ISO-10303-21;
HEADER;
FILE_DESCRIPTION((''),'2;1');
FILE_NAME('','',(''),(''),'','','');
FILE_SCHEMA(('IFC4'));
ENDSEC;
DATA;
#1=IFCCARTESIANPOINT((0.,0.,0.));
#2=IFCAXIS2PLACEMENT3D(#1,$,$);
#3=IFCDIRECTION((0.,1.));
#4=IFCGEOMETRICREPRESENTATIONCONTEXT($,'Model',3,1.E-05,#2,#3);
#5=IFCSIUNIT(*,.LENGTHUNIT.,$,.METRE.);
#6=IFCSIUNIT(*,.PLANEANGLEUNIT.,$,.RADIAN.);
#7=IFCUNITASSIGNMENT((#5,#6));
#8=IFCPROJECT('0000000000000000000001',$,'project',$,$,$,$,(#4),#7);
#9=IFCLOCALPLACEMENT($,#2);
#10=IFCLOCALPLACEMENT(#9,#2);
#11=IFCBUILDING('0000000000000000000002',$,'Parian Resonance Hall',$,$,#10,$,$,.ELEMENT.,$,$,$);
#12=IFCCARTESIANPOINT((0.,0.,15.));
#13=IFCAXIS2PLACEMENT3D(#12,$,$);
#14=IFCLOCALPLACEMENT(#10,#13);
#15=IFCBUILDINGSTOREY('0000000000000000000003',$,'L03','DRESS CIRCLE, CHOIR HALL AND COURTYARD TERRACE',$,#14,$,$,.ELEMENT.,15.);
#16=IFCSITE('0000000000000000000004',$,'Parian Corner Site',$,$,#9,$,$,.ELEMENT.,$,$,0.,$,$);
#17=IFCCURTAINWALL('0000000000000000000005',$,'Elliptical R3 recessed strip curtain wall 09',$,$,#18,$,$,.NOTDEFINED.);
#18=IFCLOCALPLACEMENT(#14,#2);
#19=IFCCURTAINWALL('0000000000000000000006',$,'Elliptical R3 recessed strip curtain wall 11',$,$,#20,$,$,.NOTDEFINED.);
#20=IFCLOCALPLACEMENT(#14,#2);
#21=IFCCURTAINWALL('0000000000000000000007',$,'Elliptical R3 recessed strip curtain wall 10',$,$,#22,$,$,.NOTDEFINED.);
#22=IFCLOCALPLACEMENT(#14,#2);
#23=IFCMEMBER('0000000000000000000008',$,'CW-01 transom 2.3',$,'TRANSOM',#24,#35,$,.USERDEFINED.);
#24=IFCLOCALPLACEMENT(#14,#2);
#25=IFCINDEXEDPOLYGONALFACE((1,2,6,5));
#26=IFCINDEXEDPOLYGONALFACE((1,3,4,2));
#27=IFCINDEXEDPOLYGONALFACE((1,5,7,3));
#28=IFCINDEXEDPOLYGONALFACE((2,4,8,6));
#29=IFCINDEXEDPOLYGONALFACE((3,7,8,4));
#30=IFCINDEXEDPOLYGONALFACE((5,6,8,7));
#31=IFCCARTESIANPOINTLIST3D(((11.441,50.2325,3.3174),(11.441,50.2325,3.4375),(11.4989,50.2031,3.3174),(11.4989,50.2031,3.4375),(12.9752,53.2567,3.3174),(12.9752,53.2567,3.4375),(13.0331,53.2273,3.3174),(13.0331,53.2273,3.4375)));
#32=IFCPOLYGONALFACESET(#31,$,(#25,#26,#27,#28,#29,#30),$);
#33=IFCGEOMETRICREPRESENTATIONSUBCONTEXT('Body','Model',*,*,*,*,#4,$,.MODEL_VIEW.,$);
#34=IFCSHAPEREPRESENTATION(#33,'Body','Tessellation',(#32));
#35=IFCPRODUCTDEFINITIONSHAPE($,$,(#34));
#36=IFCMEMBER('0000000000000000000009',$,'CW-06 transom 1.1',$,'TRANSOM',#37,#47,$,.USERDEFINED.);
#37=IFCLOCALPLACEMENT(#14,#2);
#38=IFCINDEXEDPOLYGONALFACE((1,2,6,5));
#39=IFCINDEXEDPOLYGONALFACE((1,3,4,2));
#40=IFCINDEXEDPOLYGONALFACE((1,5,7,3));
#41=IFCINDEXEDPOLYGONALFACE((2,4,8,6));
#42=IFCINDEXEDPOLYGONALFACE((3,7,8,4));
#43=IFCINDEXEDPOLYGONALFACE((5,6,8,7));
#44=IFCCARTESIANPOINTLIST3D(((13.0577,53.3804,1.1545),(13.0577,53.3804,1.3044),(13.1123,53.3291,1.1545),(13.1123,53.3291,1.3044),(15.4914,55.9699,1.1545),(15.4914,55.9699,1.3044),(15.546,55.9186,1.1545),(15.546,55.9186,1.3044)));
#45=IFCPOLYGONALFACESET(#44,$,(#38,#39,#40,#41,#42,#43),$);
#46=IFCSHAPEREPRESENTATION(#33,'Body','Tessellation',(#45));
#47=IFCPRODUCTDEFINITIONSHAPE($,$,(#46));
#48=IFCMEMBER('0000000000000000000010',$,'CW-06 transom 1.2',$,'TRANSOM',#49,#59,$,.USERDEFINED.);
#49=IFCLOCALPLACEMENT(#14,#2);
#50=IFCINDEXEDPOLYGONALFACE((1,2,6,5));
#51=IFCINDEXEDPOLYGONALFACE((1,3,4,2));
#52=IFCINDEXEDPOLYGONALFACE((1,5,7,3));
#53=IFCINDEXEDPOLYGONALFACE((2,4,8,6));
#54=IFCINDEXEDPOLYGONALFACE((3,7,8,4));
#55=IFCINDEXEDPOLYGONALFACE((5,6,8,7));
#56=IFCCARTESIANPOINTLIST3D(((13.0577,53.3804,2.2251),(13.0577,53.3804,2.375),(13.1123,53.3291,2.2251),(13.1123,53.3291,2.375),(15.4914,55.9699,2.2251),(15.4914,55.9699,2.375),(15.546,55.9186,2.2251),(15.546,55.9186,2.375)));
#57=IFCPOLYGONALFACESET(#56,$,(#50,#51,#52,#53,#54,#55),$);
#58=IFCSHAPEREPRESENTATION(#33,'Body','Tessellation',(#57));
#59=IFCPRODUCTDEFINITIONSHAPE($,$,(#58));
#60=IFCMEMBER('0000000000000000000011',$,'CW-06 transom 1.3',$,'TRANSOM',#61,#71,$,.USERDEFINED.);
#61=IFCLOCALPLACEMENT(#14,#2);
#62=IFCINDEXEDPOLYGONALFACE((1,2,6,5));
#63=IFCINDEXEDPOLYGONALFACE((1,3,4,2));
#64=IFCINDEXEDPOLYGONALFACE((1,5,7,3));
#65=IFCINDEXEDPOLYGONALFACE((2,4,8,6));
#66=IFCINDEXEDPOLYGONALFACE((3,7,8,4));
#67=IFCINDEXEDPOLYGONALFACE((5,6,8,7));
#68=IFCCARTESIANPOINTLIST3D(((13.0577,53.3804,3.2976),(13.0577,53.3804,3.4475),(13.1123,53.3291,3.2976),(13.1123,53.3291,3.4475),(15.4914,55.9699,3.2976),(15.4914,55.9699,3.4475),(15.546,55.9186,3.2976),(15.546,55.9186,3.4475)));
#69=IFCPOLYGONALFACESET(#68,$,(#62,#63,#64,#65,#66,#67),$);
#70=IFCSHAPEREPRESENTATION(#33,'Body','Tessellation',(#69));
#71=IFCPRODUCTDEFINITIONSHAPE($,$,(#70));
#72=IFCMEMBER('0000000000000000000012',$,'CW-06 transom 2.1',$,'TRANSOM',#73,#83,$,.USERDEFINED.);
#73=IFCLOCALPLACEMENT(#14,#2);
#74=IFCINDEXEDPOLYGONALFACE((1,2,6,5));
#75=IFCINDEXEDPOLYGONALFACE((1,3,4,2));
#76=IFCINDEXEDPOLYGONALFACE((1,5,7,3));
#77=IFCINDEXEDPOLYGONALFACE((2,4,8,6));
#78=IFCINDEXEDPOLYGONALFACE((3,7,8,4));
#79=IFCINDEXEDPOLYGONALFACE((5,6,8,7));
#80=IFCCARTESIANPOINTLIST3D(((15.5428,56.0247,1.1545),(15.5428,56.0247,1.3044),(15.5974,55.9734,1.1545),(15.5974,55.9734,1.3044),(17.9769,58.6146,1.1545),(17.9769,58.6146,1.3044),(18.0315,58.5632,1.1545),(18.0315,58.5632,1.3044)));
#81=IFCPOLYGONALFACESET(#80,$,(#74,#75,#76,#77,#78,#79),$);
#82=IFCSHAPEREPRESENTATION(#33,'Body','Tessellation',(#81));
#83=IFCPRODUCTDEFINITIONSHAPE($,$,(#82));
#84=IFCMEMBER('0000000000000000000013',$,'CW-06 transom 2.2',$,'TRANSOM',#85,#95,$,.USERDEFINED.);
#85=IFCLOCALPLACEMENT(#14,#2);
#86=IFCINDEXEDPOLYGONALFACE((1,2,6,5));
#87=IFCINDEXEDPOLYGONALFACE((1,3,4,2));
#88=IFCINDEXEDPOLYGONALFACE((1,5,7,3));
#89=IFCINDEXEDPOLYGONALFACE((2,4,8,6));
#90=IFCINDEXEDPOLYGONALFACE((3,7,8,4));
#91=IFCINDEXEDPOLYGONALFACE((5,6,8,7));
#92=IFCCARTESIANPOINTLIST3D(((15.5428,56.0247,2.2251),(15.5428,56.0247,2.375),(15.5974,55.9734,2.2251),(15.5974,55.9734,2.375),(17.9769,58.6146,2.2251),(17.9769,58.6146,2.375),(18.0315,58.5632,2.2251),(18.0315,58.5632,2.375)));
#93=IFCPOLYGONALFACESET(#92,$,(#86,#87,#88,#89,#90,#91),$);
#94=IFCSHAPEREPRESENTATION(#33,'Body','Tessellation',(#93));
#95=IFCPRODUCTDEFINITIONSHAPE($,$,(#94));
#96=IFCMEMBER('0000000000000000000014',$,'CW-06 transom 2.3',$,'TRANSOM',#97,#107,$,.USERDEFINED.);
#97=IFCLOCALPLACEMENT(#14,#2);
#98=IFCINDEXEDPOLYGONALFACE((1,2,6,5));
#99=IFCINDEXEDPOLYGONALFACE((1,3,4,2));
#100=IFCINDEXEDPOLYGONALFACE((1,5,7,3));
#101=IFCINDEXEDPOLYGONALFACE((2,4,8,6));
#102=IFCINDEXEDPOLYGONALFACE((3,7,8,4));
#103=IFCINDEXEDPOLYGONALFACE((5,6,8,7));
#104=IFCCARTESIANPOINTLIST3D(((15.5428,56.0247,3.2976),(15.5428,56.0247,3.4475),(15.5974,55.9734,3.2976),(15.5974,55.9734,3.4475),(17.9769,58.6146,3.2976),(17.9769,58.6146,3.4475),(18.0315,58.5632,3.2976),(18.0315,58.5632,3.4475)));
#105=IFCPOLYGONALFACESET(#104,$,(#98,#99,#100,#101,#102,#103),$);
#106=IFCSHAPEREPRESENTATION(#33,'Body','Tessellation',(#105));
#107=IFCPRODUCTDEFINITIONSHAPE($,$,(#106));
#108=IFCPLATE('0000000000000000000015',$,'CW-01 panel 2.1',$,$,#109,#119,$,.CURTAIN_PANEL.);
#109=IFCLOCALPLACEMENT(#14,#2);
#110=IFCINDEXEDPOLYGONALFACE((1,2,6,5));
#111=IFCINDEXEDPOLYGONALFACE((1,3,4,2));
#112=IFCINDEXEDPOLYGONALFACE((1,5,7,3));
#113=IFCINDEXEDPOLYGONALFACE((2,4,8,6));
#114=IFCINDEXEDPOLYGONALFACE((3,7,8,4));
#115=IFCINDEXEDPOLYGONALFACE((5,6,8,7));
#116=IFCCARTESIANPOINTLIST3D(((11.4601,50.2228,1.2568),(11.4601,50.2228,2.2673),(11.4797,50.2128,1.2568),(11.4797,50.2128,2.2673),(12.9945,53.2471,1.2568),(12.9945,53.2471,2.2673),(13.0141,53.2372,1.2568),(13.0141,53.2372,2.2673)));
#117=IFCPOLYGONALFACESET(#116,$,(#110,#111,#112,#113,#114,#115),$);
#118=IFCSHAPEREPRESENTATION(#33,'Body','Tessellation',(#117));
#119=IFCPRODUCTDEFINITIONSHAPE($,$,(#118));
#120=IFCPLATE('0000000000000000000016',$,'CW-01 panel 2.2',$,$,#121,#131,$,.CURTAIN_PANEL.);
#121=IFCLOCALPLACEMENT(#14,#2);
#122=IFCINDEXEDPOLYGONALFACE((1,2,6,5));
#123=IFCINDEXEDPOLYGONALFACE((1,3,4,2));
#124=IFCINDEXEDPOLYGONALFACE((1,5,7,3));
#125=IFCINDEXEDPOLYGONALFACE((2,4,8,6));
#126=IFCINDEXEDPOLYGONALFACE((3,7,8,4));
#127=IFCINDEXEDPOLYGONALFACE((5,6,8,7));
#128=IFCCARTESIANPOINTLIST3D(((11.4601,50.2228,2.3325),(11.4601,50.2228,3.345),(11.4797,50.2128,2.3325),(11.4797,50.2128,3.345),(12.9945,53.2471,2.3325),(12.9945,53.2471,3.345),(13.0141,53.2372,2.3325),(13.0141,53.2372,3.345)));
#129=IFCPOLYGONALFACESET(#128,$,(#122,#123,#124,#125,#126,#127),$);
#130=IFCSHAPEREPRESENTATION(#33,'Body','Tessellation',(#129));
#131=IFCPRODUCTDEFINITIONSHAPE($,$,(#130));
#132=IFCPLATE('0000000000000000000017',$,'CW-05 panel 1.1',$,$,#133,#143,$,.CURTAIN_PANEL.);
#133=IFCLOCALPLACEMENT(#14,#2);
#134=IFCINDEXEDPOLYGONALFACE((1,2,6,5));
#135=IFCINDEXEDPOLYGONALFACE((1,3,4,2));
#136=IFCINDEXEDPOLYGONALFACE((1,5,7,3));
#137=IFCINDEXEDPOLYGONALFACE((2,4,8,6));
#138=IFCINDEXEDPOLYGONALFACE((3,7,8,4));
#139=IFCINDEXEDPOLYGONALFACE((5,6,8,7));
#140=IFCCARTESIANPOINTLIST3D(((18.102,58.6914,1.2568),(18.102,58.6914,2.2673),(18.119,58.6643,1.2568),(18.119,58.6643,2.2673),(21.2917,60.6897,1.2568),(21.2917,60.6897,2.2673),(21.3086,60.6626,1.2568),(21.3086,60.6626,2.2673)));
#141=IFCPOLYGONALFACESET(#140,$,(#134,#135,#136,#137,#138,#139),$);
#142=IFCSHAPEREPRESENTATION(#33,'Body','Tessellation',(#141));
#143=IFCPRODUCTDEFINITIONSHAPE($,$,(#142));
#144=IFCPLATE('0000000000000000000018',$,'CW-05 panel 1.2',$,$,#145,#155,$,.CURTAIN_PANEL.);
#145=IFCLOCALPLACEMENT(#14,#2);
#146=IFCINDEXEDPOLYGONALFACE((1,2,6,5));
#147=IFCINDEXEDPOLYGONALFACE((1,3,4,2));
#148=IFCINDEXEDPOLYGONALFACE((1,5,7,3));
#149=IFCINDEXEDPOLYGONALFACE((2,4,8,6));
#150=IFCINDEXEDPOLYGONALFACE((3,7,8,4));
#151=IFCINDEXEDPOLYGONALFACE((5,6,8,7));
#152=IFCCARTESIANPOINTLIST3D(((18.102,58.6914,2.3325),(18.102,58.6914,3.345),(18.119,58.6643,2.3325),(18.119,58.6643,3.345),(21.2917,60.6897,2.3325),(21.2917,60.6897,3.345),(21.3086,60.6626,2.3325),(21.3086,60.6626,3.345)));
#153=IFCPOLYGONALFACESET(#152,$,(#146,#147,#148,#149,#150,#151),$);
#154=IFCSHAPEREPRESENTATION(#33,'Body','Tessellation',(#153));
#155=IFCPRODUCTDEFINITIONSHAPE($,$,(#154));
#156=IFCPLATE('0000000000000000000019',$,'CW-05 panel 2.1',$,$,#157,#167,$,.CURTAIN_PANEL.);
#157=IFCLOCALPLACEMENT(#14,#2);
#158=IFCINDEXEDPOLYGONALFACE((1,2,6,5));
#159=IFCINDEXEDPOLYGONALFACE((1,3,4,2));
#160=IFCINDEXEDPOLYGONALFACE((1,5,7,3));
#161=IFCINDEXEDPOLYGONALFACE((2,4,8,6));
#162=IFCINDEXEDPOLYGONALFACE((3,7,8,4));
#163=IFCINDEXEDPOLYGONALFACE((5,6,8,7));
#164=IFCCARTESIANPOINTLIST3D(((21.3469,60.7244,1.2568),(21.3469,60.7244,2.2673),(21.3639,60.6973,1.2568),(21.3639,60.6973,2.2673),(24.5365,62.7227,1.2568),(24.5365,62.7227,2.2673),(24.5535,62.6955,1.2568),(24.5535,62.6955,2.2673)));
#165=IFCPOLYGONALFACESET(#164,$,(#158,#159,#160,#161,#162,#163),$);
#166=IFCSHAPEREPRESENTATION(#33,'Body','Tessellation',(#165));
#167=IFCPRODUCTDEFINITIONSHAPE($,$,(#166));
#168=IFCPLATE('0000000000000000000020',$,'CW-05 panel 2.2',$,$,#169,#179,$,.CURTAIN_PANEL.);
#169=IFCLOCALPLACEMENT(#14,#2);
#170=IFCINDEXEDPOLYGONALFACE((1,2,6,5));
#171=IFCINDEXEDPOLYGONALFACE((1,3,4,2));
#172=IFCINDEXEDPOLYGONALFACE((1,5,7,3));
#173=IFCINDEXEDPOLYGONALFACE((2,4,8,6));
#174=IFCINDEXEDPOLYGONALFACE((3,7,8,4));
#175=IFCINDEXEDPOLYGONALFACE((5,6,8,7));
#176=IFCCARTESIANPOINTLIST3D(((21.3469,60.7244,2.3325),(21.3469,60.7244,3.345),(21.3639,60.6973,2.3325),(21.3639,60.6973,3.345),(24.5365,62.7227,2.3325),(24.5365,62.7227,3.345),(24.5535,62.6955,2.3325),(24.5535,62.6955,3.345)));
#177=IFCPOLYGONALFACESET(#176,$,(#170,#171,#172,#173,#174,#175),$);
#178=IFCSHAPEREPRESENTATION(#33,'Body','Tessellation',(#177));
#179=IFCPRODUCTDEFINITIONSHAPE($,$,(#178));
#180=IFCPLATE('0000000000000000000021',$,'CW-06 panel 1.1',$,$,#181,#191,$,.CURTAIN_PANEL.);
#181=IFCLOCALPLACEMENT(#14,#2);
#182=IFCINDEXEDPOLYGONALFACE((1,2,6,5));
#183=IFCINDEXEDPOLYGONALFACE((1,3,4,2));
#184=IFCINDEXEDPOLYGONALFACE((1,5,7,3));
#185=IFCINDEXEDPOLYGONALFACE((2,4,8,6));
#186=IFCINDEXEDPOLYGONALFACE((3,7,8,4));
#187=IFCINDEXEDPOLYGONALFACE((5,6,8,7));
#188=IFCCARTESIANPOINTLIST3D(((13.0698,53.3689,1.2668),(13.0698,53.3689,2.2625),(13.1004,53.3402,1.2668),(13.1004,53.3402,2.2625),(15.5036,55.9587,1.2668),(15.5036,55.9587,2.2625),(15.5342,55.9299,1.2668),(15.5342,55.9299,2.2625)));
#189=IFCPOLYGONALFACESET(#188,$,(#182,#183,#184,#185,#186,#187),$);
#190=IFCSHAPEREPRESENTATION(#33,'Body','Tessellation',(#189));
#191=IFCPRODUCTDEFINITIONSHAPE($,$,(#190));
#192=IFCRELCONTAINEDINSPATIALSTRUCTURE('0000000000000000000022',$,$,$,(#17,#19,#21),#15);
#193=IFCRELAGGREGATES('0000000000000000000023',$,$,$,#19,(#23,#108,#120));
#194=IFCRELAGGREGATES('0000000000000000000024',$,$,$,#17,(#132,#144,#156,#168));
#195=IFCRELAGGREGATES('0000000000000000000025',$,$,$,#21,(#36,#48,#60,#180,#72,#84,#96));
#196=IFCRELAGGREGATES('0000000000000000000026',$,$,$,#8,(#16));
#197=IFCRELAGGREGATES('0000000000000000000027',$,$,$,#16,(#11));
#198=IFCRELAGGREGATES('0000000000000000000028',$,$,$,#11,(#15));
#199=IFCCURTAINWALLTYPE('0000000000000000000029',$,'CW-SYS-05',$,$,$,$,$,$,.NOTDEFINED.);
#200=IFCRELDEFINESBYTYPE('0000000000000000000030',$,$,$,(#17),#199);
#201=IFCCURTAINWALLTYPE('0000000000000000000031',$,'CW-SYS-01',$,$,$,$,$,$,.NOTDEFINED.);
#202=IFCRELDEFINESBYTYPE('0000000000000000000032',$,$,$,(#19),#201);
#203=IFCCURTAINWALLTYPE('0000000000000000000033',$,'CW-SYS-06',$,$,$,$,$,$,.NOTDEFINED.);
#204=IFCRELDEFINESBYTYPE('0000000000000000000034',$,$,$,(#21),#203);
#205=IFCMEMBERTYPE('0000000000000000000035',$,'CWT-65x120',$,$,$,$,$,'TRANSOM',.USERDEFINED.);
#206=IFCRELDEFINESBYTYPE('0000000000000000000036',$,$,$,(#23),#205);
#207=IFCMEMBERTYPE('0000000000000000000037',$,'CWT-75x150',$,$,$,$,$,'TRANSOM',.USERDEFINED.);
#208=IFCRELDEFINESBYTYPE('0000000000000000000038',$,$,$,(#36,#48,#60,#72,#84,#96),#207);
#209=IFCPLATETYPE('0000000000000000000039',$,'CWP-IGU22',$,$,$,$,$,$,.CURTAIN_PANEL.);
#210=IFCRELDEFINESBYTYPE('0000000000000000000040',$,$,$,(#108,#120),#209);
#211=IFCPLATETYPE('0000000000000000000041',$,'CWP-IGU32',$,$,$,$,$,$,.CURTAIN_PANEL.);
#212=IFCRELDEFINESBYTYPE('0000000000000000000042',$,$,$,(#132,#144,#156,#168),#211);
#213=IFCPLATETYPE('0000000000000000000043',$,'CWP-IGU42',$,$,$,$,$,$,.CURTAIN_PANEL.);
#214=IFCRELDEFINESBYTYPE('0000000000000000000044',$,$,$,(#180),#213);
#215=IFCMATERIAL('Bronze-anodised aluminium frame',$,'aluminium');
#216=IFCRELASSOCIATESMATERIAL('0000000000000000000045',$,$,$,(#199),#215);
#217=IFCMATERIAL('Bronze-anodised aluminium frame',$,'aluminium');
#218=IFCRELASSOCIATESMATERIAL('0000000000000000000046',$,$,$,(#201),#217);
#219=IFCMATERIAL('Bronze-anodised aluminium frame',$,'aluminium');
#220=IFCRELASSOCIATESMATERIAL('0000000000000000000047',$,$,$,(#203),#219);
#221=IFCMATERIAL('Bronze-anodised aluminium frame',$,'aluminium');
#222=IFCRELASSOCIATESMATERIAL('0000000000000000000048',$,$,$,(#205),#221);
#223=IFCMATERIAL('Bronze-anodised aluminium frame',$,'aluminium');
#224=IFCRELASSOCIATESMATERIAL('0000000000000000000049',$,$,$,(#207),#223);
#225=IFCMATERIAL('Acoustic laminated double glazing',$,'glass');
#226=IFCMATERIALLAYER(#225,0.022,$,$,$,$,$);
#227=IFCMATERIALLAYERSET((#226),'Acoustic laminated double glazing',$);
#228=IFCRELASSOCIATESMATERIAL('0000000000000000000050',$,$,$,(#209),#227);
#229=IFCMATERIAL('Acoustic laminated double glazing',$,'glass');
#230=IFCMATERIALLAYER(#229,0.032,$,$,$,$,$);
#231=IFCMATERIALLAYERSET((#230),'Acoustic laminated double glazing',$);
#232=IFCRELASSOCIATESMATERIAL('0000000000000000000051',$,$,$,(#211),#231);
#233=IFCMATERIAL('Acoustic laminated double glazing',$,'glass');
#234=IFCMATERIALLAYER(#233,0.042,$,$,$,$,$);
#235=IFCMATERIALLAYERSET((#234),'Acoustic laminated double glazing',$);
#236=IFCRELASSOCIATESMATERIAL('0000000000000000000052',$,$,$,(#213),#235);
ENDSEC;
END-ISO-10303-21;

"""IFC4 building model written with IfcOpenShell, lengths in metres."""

from ifc_helpers import new_model, si_unit, direction, frame, origin, origin_2d, place, context, subcontext, project, spatial, rectangle, extrude, material, layer, layer_set, material_profile, profile_set, type_object, element, aggregate, save


model = new_model("IFC4")

# Units and contexts
model_context = context("Model", 3, precision=1e-05, world=origin(), true_north=direction((0.0, 1.0)))
body_context = subcontext(model_context, "Body", "Model", "MODEL_VIEW")
ifc_project = project(units=[si_unit("LENGTHUNIT", "METRE"), si_unit("PLANEANGLEUNIT", "RADIAN")], contexts=[model_context])

# Site, building, storey
site_placement = place(None, origin())
site = spatial("IfcSite", under=ifc_project, at=site_placement, Name="Parian Corner Site", CompositionType="ELEMENT", RefElevation=0.0)
building_placement = place(site_placement, origin())
building = spatial("IfcBuilding", under=site, at=building_placement, Name="Parian Resonance Hall", CompositionType="ELEMENT")
storey_placement = place(building_placement, frame((0.0, 0.0, 15.0)))
storey = spatial("IfcBuildingStorey", under=building, at=storey_placement, Name="L03", Description="DRESS CIRCLE, CHOIR HALL AND COURTYARD TERRACE", CompositionType="ELEMENT", Elevation=15.0)

# Curtain wall
ifc_material_1 = material(Name="Bronze-anodised aluminium frame", Category="aluminium")
curtain_wall_type_1 = type_object("IfcCurtainWallType", Name="CW-SYS-05", PredefinedType="NOTDEFINED", material=ifc_material_1)
curtain_wall_1_placement = place(storey_placement, origin())
curtain_wall_1 = element("IfcCurtainWall", 1, at=curtain_wall_1_placement, inside=storey, type_object=curtain_wall_type_1, Name="Elliptical R3 recessed strip curtain wall 09", PredefinedType="NOTDEFINED")

# Curtain wall
ifc_material_2 = material(Name="Bronze-anodised aluminium frame", Category="aluminium")
curtain_wall_type_2 = type_object("IfcCurtainWallType", Name="CW-SYS-01", PredefinedType="NOTDEFINED", material=ifc_material_2)
curtain_wall_2_placement = place(storey_placement, origin())
curtain_wall_2 = element("IfcCurtainWall", 2, at=curtain_wall_2_placement, inside=storey, type_object=curtain_wall_type_2, Name="Elliptical R3 recessed strip curtain wall 11", PredefinedType="NOTDEFINED")

# Curtain wall
ifc_material_3 = material(Name="Bronze-anodised aluminium frame", Category="aluminium")
curtain_wall_type_3 = type_object("IfcCurtainWallType", Name="CW-SYS-06", PredefinedType="NOTDEFINED", material=ifc_material_3)
curtain_wall_3_placement = place(storey_placement, origin())
curtain_wall_3 = element("IfcCurtainWall", 3, at=curtain_wall_3_placement, inside=storey, type_object=curtain_wall_type_3, Name="Elliptical R3 recessed strip curtain wall 10", PredefinedType="NOTDEFINED")

# Members
ifc_material_4 = material(Name="Bronze-anodised aluminium frame", Category="aluminium")
ifc_material_profile_1 = material_profile(ifc_material_4, rectangle(XDim=0.0649, YDim=0.1201, at=origin_2d()), Name="CWT-65x120")
ifc_profile_set_1 = profile_set([ifc_material_profile_1], Name="Bronze-anodised aluminium frame")
member_type_1 = type_object("IfcMemberType", Name="CWT-65x120", ElementType="TRANSOM", PredefinedType="USERDEFINED", material=ifc_profile_set_1)
member_1_placement = place(storey_placement, frame((11.47, 50.2178, 3.3774), z_axis=(0.452418, 0.891806, 0.0), x_axis=(-0.891806, 0.452418, 0.0)))
member_1 = element("IfcMember", 4, at=member_1_placement, type_object=member_type_1, Name="CW-01 transom 2.3", ObjectType="TRANSOM", PredefinedType="USERDEFINED", context=body_context, shape_type="SweptSolid", body=[
    extrude(rectangle(XDim=0.0649, YDim=0.1201, at=origin_2d()), origin(), (0.0, 0.0, 1.0), 3.3911),
])
ifc_material_5 = material(Name="Bronze-anodised aluminium frame", Category="aluminium")
ifc_material_profile_2 = material_profile(ifc_material_5, rectangle(XDim=0.075, YDim=0.1499, at=origin_2d()), Name="CWT-75x150")
ifc_profile_set_2 = profile_set([ifc_material_profile_2], Name="Bronze-anodised aluminium frame")
member_type_2 = type_object("IfcMemberType", Name="CWT-75x150", ElementType="TRANSOM", PredefinedType="USERDEFINED", material=ifc_profile_set_2)
member_2_placement = place(storey_placement, frame((13.085, 53.3547, 1.2295), z_axis=(0.684852, 0.728682, 0.0), x_axis=(-0.728682, 0.684852, 0.0)))
member_2 = element("IfcMember", 5, at=member_2_placement, type_object=member_type_2, Name="CW-06 transom 1.1", ObjectType="TRANSOM", PredefinedType="USERDEFINED", context=body_context, shape_type="SweptSolid", body=[
    extrude(rectangle(XDim=0.075, YDim=0.1499, at=origin_2d()), origin(), (0.0, 0.0, 1.0), 3.5537),
])
member_3_placement = place(storey_placement, frame((13.085, 53.3547, 2.3), z_axis=(0.684852, 0.728682, 0.0), x_axis=(-0.728682, 0.684852, 0.0)))
member_3 = element("IfcMember", 6, at=member_3_placement, type_object=member_type_2, Name="CW-06 transom 1.2", ObjectType="TRANSOM", PredefinedType="USERDEFINED", context=body_context, shape_type="SweptSolid", body=[
    extrude(rectangle(XDim=0.075, YDim=0.1499, at=origin_2d()), origin(), (0.0, 0.0, 1.0), 3.5537),
])
member_4_placement = place(storey_placement, frame((13.085, 53.3547, 3.3726), z_axis=(0.684852, 0.728682, 0.0), x_axis=(-0.728682, 0.684852, 0.0)))
member_4 = element("IfcMember", 7, at=member_4_placement, type_object=member_type_2, Name="CW-06 transom 1.3", ObjectType="TRANSOM", PredefinedType="USERDEFINED", context=body_context, shape_type="SweptSolid", body=[
    extrude(rectangle(XDim=0.075, YDim=0.1499, at=origin_2d()), origin(), (0.0, 0.0, 1.0), 3.5537),
])
member_5_placement = place(storey_placement, frame((15.5701, 55.999, 1.2295), z_axis=(0.684855, 0.72868, 0.0), x_axis=(-0.72868, 0.684855, 0.0)))
member_5 = element("IfcMember", 8, at=member_5_placement, type_object=member_type_2, Name="CW-06 transom 2.1", ObjectType="TRANSOM", PredefinedType="USERDEFINED", context=body_context, shape_type="SweptSolid", body=[
    extrude(rectangle(XDim=0.075, YDim=0.1499, at=origin_2d()), origin(), (0.0, 0.0, 1.0), 3.5542),
])
member_6_placement = place(storey_placement, frame((15.5701, 55.999, 2.3), z_axis=(0.684855, 0.72868, 0.0), x_axis=(-0.72868, 0.684855, 0.0)))
member_6 = element("IfcMember", 9, at=member_6_placement, type_object=member_type_2, Name="CW-06 transom 2.2", ObjectType="TRANSOM", PredefinedType="USERDEFINED", context=body_context, shape_type="SweptSolid", body=[
    extrude(rectangle(XDim=0.075, YDim=0.1499, at=origin_2d()), origin(), (0.0, 0.0, 1.0), 3.5542),
])
member_7_placement = place(storey_placement, frame((15.5701, 55.999, 3.3726), z_axis=(0.684855, 0.72868, 0.0), x_axis=(-0.72868, 0.684855, 0.0)))
member_7 = element("IfcMember", 10, at=member_7_placement, type_object=member_type_2, Name="CW-06 transom 2.3", ObjectType="TRANSOM", PredefinedType="USERDEFINED", context=body_context, shape_type="SweptSolid", body=[
    extrude(rectangle(XDim=0.075, YDim=0.1499, at=origin_2d()), origin(), (0.0, 0.0, 1.0), 3.5542),
])

# Plates
ifc_material_6 = material(Name="Acoustic laminated double glazing", Category="glass")
ifc_layer_1 = layer(ifc_material_6, 0.022)
ifc_layer_set_1 = layer_set([ifc_layer_1], Name="Acoustic laminated double glazing")
plate_type_1 = type_object("IfcPlateType", Name="CWP-IGU22", PredefinedType="CURTAIN_PANEL", material=ifc_layer_set_1)
plate_1_placement = place(storey_placement, frame((12.2371, 51.73, 1.2568), z_axis=(0.0, 0.0, 1.0), x_axis=(0.45244, 0.891795, 0.0)))
plate_1 = element("IfcPlate", 11, at=plate_1_placement, type_object=plate_type_1, Name="CW-01 panel 2.1", PredefinedType="CURTAIN_PANEL", context=body_context, shape_type="SweptSolid", body=[
    extrude(rectangle(XDim=3.3914, YDim=0.022, at=origin_2d()), origin(), (0.0, 0.0, 1.0), 1.0105),
])
plate_2_placement = place(storey_placement, frame((12.2371, 51.73, 2.3325), z_axis=(0.0, 0.0, 1.0), x_axis=(0.45244, 0.891795, 0.0)))
plate_2 = element("IfcPlate", 12, at=plate_2_placement, type_object=plate_type_1, Name="CW-01 panel 2.2", PredefinedType="CURTAIN_PANEL", context=body_context, shape_type="SweptSolid", body=[
    extrude(rectangle(XDim=3.3914, YDim=0.022, at=origin_2d()), origin(), (0.0, 0.0, 1.0), 1.0125),
])
aggregate(curtain_wall_2, [member_1, plate_1, plate_2])
ifc_material_7 = material(Name="Acoustic laminated double glazing", Category="glass")
ifc_layer_2 = layer(ifc_material_7, 0.032)
ifc_layer_set_2 = layer_set([ifc_layer_2], Name="Acoustic laminated double glazing")
plate_type_2 = type_object("IfcPlateType", Name="CWP-IGU32", PredefinedType="CURTAIN_PANEL", material=ifc_layer_set_2)
plate_3_placement = place(storey_placement, frame((19.7053, 59.677, 1.2568), z_axis=(0.0, 0.0, 1.0), x_axis=(0.847432, 0.530904, 0.0)))
plate_3 = element("IfcPlate", 13, at=plate_3_placement, type_object=plate_type_2, Name="CW-05 panel 1.1", PredefinedType="CURTAIN_PANEL", context=body_context, shape_type="SweptSolid", body=[
    extrude(rectangle(XDim=3.7639, YDim=0.032, at=origin_2d()), origin(), (0.0, 0.0, 1.0), 1.0105),
])
plate_4_placement = place(storey_placement, frame((19.7053, 59.677, 2.3325), z_axis=(0.0, 0.0, 1.0), x_axis=(0.847432, 0.530904, 0.0)))
plate_4 = element("IfcPlate", 14, at=plate_4_placement, type_object=plate_type_2, Name="CW-05 panel 1.2", PredefinedType="CURTAIN_PANEL", context=body_context, shape_type="SweptSolid", body=[
    extrude(rectangle(XDim=3.7639, YDim=0.032, at=origin_2d()), origin(), (0.0, 0.0, 1.0), 1.0125),
])
plate_5_placement = place(storey_placement, frame((22.9502, 61.71, 1.2568), z_axis=(0.0, 0.0, 1.0), x_axis=(0.847432, 0.530904, 0.0)))
plate_5 = element("IfcPlate", 15, at=plate_5_placement, type_object=plate_type_2, Name="CW-05 panel 2.1", PredefinedType="CURTAIN_PANEL", context=body_context, shape_type="SweptSolid", body=[
    extrude(rectangle(XDim=3.7639, YDim=0.032, at=origin_2d()), origin(), (0.0, 0.0, 1.0), 1.0105),
])
plate_6_placement = place(storey_placement, frame((22.9502, 61.71, 2.3325), z_axis=(0.0, 0.0, 1.0), x_axis=(0.847432, 0.530904, 0.0)))
plate_6 = element("IfcPlate", 16, at=plate_6_placement, type_object=plate_type_2, Name="CW-05 panel 2.2", PredefinedType="CURTAIN_PANEL", context=body_context, shape_type="SweptSolid", body=[
    extrude(rectangle(XDim=3.7639, YDim=0.032, at=origin_2d()), origin(), (0.0, 0.0, 1.0), 1.0125),
])
aggregate(curtain_wall_1, [plate_3, plate_4, plate_5, plate_6])
ifc_material_8 = material(Name="Acoustic laminated double glazing", Category="glass")
ifc_layer_3 = layer(ifc_material_8, 0.042)
ifc_layer_set_3 = layer_set([ifc_layer_3], Name="Acoustic laminated double glazing")
plate_type_3 = type_object("IfcPlateType", Name="CWP-IGU42", PredefinedType="CURTAIN_PANEL", material=ifc_layer_set_3)
plate_7_placement = place(storey_placement, frame((14.302, 54.6494, 1.2668), z_axis=(0.0, 0.0, 1.0), x_axis=(0.684838, 0.728695, 0.0)))
plate_7 = element("IfcPlate", 17, at=plate_7_placement, type_object=plate_type_3, Name="CW-06 panel 1.1", PredefinedType="CURTAIN_PANEL", context=body_context, shape_type="SweptSolid", body=[
    extrude(rectangle(XDim=3.554, YDim=0.042, at=origin_2d()), origin(), (0.0, 0.0, 1.0), 0.9956),
])
aggregate(curtain_wall_3, [member_2, member_3, member_4, plate_7, member_5, member_6, member_7])

save(model, "model.ifc")
